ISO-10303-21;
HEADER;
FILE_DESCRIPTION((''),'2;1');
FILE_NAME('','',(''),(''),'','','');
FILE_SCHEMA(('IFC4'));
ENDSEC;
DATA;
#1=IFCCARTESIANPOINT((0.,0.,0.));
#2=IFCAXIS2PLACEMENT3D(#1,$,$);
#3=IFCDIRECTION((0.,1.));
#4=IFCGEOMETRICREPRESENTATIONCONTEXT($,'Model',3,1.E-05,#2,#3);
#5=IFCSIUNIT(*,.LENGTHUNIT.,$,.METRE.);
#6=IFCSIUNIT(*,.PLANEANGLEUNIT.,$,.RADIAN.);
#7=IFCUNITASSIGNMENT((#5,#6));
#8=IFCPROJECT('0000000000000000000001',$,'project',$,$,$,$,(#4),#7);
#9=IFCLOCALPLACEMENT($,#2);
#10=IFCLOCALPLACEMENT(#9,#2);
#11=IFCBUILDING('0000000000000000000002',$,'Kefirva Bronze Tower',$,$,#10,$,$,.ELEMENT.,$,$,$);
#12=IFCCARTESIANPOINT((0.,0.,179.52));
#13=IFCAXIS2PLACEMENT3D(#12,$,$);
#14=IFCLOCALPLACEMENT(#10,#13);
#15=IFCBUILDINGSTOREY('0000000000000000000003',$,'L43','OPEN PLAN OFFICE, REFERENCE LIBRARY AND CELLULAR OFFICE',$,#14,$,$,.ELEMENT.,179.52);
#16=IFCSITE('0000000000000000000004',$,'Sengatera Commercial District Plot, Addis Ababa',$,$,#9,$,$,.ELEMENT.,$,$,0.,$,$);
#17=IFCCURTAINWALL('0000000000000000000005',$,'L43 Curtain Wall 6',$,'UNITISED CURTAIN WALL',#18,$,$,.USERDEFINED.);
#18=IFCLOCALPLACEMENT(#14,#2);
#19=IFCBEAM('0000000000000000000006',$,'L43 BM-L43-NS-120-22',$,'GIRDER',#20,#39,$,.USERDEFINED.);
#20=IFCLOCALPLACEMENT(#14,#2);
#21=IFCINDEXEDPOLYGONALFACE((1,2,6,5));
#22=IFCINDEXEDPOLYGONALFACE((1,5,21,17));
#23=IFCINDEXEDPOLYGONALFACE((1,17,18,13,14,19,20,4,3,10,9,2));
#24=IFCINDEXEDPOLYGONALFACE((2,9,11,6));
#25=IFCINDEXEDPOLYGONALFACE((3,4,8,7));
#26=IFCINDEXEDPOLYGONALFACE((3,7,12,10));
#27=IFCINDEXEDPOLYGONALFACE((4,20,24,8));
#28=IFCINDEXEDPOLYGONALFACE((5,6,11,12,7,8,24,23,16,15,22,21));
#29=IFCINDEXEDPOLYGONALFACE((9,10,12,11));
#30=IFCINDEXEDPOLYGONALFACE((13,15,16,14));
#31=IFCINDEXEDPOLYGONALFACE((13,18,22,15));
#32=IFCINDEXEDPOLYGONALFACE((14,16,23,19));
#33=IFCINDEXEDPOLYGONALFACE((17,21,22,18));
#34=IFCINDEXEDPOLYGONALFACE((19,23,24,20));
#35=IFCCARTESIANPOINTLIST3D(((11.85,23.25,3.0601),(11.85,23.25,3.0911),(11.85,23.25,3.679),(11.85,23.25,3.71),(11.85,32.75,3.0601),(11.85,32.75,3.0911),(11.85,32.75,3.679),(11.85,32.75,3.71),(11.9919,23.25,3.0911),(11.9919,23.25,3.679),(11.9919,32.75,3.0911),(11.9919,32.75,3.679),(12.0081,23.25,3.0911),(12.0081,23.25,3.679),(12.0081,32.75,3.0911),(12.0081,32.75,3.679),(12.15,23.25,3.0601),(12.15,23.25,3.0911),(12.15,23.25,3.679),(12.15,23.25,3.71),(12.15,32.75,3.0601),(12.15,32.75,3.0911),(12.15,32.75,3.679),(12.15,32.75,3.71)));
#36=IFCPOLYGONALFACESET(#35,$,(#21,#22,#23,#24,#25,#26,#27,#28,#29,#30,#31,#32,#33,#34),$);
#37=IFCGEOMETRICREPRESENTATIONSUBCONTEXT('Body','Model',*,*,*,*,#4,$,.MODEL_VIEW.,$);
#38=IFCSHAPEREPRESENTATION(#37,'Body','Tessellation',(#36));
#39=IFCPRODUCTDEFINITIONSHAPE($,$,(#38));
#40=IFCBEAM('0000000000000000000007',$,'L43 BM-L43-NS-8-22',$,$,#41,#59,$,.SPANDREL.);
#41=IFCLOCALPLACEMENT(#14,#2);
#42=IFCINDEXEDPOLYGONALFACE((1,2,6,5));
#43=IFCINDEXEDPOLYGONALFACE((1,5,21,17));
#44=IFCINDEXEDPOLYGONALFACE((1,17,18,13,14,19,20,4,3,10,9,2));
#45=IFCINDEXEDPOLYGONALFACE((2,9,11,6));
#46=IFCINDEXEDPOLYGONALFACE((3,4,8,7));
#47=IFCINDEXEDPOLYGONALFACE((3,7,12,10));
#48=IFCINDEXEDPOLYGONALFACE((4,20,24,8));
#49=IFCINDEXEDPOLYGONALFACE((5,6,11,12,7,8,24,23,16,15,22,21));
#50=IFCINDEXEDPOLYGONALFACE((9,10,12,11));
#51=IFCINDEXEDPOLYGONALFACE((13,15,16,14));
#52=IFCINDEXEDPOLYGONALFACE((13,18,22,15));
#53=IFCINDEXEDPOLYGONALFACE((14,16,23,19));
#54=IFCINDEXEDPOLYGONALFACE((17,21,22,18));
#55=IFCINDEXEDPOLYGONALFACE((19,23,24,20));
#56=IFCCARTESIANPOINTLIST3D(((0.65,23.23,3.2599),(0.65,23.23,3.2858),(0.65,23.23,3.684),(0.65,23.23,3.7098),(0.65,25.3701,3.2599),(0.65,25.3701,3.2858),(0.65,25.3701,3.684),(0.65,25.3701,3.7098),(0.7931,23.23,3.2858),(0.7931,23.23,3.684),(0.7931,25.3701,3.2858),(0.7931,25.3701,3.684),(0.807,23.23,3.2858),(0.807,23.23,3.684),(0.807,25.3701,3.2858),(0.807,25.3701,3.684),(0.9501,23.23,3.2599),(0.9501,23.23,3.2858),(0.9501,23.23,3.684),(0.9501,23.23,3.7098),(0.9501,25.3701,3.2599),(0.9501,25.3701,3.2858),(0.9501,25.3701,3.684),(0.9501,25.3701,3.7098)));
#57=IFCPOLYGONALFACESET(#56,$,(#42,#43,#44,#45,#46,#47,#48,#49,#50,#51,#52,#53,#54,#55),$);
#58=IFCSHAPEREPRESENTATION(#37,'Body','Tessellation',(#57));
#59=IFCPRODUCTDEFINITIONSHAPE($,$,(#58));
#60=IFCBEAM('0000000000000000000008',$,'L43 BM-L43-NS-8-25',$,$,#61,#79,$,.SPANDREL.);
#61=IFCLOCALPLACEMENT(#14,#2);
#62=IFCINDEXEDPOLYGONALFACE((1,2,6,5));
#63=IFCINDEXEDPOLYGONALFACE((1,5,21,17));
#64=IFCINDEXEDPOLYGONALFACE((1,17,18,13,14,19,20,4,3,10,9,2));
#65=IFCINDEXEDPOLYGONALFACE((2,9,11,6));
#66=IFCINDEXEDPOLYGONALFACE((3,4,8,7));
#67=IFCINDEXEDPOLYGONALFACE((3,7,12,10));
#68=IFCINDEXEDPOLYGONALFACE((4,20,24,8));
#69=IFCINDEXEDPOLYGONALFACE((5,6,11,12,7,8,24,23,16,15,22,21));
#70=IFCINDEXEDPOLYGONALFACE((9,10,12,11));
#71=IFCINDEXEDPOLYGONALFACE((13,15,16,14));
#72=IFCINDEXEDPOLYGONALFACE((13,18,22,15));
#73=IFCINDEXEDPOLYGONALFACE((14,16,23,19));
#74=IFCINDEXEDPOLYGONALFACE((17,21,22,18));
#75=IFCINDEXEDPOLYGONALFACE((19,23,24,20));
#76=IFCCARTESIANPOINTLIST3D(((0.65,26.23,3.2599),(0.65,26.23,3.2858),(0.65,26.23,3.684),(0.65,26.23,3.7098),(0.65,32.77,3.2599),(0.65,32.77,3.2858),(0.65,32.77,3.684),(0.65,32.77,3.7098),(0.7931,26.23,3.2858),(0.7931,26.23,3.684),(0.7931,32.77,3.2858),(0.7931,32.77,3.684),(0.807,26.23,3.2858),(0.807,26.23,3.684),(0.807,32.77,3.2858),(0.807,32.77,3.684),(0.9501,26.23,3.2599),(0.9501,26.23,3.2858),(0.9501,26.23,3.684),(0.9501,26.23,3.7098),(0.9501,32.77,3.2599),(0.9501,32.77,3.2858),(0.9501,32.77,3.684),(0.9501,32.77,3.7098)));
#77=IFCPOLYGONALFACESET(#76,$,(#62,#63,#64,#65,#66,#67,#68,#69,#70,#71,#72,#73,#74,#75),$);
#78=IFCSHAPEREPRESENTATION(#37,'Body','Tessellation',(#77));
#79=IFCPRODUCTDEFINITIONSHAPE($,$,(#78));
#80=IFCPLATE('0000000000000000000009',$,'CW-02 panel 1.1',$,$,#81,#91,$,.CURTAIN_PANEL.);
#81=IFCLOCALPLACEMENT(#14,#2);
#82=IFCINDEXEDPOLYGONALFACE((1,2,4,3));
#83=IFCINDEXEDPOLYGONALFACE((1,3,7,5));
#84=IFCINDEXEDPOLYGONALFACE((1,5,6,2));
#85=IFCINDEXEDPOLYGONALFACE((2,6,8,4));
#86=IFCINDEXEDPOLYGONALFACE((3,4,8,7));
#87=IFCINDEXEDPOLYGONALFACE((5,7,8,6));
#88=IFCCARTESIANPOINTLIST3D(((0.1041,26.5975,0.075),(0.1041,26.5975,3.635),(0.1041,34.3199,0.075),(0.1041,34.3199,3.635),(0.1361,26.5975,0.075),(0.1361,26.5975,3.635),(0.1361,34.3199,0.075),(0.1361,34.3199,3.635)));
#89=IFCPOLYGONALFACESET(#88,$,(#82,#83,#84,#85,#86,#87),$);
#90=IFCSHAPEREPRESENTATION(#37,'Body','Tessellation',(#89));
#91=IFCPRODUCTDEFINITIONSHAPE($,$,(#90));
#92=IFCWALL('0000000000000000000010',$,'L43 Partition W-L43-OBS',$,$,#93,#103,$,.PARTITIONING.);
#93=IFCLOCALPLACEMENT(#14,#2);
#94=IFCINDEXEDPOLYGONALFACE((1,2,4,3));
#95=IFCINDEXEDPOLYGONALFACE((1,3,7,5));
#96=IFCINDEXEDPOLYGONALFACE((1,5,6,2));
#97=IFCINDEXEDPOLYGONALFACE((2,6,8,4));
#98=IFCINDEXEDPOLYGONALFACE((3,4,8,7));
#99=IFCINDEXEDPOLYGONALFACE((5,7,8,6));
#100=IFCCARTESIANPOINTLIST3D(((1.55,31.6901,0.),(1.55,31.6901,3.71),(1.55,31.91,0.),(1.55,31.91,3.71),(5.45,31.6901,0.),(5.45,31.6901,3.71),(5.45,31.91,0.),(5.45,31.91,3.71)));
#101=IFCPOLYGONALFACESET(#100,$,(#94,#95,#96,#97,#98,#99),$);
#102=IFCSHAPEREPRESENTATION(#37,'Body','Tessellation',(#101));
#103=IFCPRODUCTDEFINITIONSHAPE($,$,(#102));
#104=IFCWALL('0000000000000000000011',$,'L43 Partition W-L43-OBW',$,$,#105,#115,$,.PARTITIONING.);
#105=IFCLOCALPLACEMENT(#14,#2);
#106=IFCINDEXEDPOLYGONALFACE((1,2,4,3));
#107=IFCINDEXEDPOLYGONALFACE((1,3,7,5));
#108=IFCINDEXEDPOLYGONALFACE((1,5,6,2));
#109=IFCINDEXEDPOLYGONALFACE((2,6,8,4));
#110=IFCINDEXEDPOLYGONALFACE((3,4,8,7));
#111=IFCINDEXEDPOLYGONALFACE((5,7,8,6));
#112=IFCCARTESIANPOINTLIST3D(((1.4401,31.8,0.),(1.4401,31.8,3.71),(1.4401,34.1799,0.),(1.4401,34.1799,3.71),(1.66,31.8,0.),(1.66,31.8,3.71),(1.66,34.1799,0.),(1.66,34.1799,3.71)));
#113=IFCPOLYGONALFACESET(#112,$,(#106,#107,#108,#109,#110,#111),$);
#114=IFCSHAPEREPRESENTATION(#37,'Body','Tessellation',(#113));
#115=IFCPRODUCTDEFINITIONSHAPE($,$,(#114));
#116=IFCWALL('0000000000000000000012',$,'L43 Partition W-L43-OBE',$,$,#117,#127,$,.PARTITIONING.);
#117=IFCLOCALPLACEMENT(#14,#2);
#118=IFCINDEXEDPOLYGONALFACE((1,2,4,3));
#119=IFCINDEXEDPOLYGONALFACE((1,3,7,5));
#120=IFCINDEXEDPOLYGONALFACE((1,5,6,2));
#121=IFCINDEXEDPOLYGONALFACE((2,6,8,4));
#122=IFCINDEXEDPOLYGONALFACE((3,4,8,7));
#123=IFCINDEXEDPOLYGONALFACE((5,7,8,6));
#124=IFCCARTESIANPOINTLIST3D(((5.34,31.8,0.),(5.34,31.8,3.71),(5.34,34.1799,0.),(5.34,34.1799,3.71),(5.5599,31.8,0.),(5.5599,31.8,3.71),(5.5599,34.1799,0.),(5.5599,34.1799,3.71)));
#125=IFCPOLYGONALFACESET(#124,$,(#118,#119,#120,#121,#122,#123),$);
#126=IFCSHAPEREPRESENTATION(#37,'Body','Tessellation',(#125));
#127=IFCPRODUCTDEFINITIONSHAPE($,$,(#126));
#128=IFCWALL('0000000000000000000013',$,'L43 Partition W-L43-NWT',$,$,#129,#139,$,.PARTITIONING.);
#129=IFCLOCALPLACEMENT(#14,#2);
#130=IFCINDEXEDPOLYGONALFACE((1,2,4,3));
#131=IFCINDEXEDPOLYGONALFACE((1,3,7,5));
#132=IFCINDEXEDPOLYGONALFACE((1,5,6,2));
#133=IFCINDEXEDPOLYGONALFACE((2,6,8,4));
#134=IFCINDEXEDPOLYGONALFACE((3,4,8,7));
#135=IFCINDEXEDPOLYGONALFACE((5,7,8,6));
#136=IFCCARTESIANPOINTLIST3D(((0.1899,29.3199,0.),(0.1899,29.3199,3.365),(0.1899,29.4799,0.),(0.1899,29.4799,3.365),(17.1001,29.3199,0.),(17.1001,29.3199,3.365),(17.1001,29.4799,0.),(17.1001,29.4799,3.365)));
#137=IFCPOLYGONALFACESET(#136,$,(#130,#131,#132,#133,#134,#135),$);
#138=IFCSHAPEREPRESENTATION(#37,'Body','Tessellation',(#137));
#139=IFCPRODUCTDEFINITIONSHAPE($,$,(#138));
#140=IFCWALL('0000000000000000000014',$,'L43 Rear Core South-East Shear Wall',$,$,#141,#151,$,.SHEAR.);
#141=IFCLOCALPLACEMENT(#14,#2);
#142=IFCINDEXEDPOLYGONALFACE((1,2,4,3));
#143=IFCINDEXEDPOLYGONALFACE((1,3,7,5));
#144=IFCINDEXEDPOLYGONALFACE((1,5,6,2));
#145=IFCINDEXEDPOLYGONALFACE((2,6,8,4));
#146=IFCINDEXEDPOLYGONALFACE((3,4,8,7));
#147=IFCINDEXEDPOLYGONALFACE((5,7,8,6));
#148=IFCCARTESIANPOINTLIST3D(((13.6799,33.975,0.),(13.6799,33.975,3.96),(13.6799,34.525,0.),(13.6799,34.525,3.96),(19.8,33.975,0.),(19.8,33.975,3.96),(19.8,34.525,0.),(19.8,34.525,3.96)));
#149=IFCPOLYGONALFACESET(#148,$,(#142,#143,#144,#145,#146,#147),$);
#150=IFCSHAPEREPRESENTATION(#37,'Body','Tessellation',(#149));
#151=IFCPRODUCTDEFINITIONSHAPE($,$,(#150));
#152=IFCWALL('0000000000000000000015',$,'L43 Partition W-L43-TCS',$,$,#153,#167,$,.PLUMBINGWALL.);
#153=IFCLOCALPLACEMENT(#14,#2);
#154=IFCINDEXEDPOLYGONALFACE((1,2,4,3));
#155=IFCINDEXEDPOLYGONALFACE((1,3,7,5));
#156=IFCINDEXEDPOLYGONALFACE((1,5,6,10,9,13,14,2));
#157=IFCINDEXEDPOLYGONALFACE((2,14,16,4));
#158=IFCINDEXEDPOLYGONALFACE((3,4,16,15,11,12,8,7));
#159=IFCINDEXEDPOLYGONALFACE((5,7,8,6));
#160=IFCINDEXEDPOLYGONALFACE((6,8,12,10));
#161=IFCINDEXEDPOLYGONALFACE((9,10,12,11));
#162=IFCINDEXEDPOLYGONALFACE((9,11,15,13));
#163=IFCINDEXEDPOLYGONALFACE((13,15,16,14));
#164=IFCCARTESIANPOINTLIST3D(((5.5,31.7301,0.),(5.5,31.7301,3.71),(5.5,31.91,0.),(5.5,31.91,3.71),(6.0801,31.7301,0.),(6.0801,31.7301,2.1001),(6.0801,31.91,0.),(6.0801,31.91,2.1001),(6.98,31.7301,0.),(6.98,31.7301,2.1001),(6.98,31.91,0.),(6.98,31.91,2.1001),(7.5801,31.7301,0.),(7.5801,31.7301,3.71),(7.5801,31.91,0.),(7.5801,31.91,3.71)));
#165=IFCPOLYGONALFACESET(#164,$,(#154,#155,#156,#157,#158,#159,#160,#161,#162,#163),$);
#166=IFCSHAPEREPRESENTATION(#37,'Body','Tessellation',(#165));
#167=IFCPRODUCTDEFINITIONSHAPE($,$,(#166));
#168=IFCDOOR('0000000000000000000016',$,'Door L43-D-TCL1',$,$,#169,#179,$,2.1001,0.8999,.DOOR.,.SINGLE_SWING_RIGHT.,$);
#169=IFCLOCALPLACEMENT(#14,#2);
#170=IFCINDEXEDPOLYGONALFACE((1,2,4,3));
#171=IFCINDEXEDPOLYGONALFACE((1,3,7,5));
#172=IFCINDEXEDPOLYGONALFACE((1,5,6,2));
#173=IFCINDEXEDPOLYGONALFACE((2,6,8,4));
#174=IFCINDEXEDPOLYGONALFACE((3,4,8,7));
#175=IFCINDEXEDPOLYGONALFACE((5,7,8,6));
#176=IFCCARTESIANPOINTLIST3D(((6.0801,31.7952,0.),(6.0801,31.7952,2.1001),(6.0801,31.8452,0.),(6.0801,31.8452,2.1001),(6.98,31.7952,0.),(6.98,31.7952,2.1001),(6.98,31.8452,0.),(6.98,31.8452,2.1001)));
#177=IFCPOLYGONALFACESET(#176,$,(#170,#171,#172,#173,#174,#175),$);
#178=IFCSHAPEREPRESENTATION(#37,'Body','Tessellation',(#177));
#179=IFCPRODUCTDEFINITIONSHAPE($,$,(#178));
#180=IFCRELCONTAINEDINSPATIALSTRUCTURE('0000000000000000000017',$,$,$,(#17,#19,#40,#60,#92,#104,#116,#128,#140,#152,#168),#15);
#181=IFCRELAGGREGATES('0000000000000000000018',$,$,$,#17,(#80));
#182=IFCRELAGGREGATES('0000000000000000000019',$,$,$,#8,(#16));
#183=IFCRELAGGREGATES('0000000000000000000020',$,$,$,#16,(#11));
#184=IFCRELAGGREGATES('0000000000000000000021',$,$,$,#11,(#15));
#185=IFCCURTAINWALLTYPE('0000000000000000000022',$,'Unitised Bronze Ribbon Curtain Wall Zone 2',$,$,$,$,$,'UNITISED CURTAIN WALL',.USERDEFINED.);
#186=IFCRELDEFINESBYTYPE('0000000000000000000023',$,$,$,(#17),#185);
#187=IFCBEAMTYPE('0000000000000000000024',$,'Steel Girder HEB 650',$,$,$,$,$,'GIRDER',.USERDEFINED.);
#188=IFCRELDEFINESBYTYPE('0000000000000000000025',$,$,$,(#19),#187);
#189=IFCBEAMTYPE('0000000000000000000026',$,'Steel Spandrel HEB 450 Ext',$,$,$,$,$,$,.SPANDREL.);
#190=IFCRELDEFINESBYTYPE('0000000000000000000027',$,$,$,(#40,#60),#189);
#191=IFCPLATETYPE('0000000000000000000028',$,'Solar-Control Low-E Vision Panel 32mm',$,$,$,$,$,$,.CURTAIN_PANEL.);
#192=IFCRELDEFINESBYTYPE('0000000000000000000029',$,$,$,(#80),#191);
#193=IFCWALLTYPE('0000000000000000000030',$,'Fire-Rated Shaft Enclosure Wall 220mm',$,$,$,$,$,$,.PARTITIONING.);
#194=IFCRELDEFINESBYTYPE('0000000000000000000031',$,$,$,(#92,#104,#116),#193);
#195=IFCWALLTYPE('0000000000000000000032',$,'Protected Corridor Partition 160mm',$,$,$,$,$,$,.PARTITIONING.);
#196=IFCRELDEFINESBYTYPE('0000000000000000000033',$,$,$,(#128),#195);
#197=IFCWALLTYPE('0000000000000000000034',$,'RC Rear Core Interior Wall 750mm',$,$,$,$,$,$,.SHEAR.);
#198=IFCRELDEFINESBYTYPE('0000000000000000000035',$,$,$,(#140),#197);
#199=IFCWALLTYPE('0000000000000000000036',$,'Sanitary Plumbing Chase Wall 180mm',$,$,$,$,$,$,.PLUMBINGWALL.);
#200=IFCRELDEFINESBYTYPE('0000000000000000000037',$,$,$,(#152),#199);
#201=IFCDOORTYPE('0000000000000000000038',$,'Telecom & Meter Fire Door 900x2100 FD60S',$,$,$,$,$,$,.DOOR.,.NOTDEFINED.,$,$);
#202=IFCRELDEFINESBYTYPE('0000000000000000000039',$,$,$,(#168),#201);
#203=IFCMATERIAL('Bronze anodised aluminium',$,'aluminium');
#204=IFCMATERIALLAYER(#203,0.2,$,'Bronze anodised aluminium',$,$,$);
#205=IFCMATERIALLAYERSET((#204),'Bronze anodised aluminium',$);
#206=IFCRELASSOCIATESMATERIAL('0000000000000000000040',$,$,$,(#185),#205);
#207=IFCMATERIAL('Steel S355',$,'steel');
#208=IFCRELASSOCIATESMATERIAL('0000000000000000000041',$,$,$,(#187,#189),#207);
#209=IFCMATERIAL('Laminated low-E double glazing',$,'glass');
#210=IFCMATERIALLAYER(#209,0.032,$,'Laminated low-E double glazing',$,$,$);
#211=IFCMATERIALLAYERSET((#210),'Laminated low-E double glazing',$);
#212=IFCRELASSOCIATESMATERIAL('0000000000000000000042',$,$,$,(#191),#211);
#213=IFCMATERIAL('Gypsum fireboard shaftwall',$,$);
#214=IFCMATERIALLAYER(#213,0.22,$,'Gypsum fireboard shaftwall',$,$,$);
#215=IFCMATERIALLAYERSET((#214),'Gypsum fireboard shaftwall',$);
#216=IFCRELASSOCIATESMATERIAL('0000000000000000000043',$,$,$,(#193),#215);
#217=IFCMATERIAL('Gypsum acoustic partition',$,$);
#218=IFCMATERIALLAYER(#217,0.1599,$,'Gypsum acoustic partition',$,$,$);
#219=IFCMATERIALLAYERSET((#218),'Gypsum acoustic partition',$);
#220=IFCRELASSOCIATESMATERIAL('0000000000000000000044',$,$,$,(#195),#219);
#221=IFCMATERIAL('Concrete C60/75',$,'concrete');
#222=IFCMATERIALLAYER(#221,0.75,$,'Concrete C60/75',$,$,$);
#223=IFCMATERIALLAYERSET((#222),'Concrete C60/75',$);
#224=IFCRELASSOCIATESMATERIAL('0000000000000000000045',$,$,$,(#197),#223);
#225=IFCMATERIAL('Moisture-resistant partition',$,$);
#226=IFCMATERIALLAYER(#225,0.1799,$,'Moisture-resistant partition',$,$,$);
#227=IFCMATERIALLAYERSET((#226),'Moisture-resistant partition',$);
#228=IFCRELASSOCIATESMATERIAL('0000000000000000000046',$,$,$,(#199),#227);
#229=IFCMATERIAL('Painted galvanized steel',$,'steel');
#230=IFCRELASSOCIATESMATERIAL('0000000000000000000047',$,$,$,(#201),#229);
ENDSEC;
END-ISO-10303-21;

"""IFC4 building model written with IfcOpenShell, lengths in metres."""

from ifc_helpers import new_model, si_unit, direction, frame, frame_2d, origin, origin_2d, place, context, subcontext, project, spatial, rectangle, i_section, extrude, material, layer, layer_set, material_profile, profile_set, type_object, element, fill, aggregate, save


model = new_model("IFC4")

# Units and contexts
model_context = context("Model", 3, precision=1e-05, world=origin(), true_north=direction((0.0, 1.0)))
body_context = subcontext(model_context, "Body", "Model", "MODEL_VIEW")
ifc_project = project(units=[si_unit("LENGTHUNIT", "METRE"), si_unit("PLANEANGLEUNIT", "RADIAN")], contexts=[model_context])

# Site, building, storey
site_placement = place(None, origin())
site = spatial("IfcSite", under=ifc_project, at=site_placement, Name="Sengatera Commercial District Plot, Addis Ababa", CompositionType="ELEMENT", RefElevation=0.0)
building_placement = place(site_placement, origin())
building = spatial("IfcBuilding", under=site, at=building_placement, Name="Kefirva Bronze Tower", CompositionType="ELEMENT")
storey_placement = place(building_placement, frame((0.0, 0.0, 179.52)))
storey = spatial("IfcBuildingStorey", under=building, at=storey_placement, Name="L43", Description="OPEN PLAN OFFICE, REFERENCE LIBRARY AND CELLULAR OFFICE", CompositionType="ELEMENT", Elevation=179.52)

# Shared definitions
ifc_material_1 = material(Name="Concrete C60/75", Category="concrete")

# Curtain wall
ifc_material_2 = material(Name="Bronze anodised aluminium", Category="aluminium")
ifc_layer_1 = layer(ifc_material_2, 0.2, Name="Bronze anodised aluminium")
ifc_layer_set_1 = layer_set([ifc_layer_1], Name="Bronze anodised aluminium")
curtain_wall_type = type_object("IfcCurtainWallType", Name="Unitised Bronze Ribbon Curtain Wall Zone 2", ElementType="UNITISED CURTAIN WALL", PredefinedType="USERDEFINED", material=ifc_layer_set_1)
curtain_wall_placement = place(storey_placement, origin())
curtain_wall = element("IfcCurtainWall", 1, at=curtain_wall_placement, inside=storey, type_object=curtain_wall_type, Name="L43 Curtain Wall 6", ObjectType="UNITISED CURTAIN WALL", PredefinedType="USERDEFINED")

# Beams
ifc_material_3 = material(Name="Steel S355", Category="steel")
ifc_material_profile_1 = material_profile(ifc_material_3, i_section(OverallWidth=0.3, OverallDepth=0.6499, WebThickness=0.0161, FlangeThickness=0.031, at=origin_2d()), Name="HEB 650")
ifc_profile_set_1 = profile_set([ifc_material_profile_1], Name="Steel S355")
beam_type_1 = type_object("IfcBeamType", Name="Steel Girder HEB 650", ElementType="GIRDER", PredefinedType="USERDEFINED", material=ifc_profile_set_1)
beam_1_placement = place(storey_placement, frame((12.0, 23.25, 3.385), z_axis=(0.0, 1.0, 0.0), x_axis=(-1.0, 0.0, 0.0)))
element("IfcBeam", 2, at=beam_1_placement, inside=storey, type_object=beam_type_1, Name="L43 BM-L43-NS-120-22", ObjectType="GIRDER", PredefinedType="USERDEFINED", context=body_context, shape_type="SweptSolid", body=[
    extrude(i_section(OverallWidth=0.3, OverallDepth=0.6499, WebThickness=0.0161, FlangeThickness=0.031, at=origin_2d()), origin(), (0.0, 0.0, 1.0), 9.5),
])
ifc_material_profile_2 = material_profile(ifc_material_3, i_section(OverallWidth=0.3, OverallDepth=0.45, WebThickness=0.0139, FlangeThickness=0.0259, at=origin_2d()), Name="HEB 450")
ifc_profile_set_2 = profile_set([ifc_material_profile_2], Name="Steel S355")
beam_type_2 = type_object("IfcBeamType", Name="Steel Spandrel HEB 450 Ext", PredefinedType="SPANDREL", material=ifc_profile_set_2)
beam_2_placement = place(storey_placement, frame((0.8, 23.23, 3.4849), z_axis=(0.0, 1.0, 0.0), x_axis=(-1.0, 0.0, 0.0)))
element("IfcBeam", 3, at=beam_2_placement, inside=storey, type_object=beam_type_2, Name="L43 BM-L43-NS-8-22", PredefinedType="SPANDREL", context=body_context, shape_type="SweptSolid", body=[
    extrude(i_section(OverallWidth=0.3, OverallDepth=0.45, WebThickness=0.0139, FlangeThickness=0.0259, at=origin_2d()), origin(), (0.0, 0.0, 1.0), 2.1401),
])
beam_3_placement = place(storey_placement, frame((0.8, 26.23, 3.4849), z_axis=(0.0, 1.0, 0.0), x_axis=(-1.0, 0.0, 0.0)))
element("IfcBeam", 4, at=beam_3_placement, inside=storey, type_object=beam_type_2, Name="L43 BM-L43-NS-8-25", PredefinedType="SPANDREL", context=body_context, shape_type="SweptSolid", body=[
    extrude(i_section(OverallWidth=0.3, OverallDepth=0.45, WebThickness=0.0139, FlangeThickness=0.0259, at=origin_2d()), origin(), (0.0, 0.0, 1.0), 6.54),
])

# Plate
ifc_material_4 = material(Name="Laminated low-E double glazing", Category="glass")
ifc_layer_2 = layer(ifc_material_4, 0.032, Name="Laminated low-E double glazing")
ifc_layer_set_2 = layer_set([ifc_layer_2], Name="Laminated low-E double glazing")
plate_type = type_object("IfcPlateType", Name="Solar-Control Low-E Vision Panel 32mm", PredefinedType="CURTAIN_PANEL", material=ifc_layer_set_2)
plate_placement = place(storey_placement, frame((0.1201, 30.4587, 0.075), z_axis=(0.0, 0.0, 1.0), x_axis=(0.0, -1.0, 0.0)))
plate = element("IfcPlate", 5, at=plate_placement, type_object=plate_type, Name="CW-02 panel 1.1", PredefinedType="CURTAIN_PANEL", context=body_context, shape_type="SweptSolid", body=[
    extrude(rectangle(XDim=7.7224, YDim=0.032, at=origin_2d()), origin(), (0.0, 0.0, 1.0), 3.5601),
])
aggregate(curtain_wall, [plate])

# Walls
ifc_material_5 = material(Name="Gypsum fireboard shaftwall")
ifc_layer_3 = layer(ifc_material_5, 0.22, Name="Gypsum fireboard shaftwall")
ifc_layer_set_3 = layer_set([ifc_layer_3], Name="Gypsum fireboard shaftwall")
wall_type_1 = type_object("IfcWallType", Name="Fire-Rated Shaft Enclosure Wall 220mm", PredefinedType="PARTITIONING", material=ifc_layer_set_3)
wall_1_placement = place(storey_placement, frame((1.55, 31.8, 0.0), z_axis=(0.0, 0.0, 1.0), x_axis=(1.0, 0.0, 0.0)))
element("IfcWall", 6, at=wall_1_placement, inside=storey, type_object=wall_type_1, Name="L43 Partition W-L43-OBS", PredefinedType="PARTITIONING", context=body_context, shape_type="SweptSolid", body=[
    extrude(rectangle(XDim=3.8999, YDim=0.22, at=frame_2d((1.95, 0.0))), origin(), (0.0, 0.0, 1.0), 3.71),
])
for number, where, z_axis, x_axis, name in (
    (7, (1.55, 31.8, 0.0), (0.0, 0.0, 1.0), (0.0, 1.0, 0.0), "L43 Partition W-L43-OBW"),
    (8, (5.45, 31.8, 0.0), (0.0, 0.0, 1.0), (0.0, 1.0, 0.0), "L43 Partition W-L43-OBE"),
):
    element("IfcWall", number, at=place(storey_placement, frame(where, z_axis=z_axis, x_axis=x_axis)), inside=storey, type_object=wall_type_1, Name=name, PredefinedType="PARTITIONING", context=body_context, shape_type="SweptSolid", body=[
        extrude(rectangle(XDim=2.3799, YDim=0.22, at=frame_2d((1.1899, 0.0))), origin(), (0.0, 0.0, 1.0), 3.71),
    ])
ifc_material_6 = material(Name="Gypsum acoustic partition")
ifc_layer_4 = layer(ifc_material_6, 0.1599, Name="Gypsum acoustic partition")
ifc_layer_set_4 = layer_set([ifc_layer_4], Name="Gypsum acoustic partition")
wall_type_2 = type_object("IfcWallType", Name="Protected Corridor Partition 160mm", PredefinedType="PARTITIONING", material=ifc_layer_set_4)
wall_2_placement = place(storey_placement, frame((0.1899, 29.3999, 0.0), z_axis=(0.0, 0.0, 1.0), x_axis=(1.0, 0.0, 0.0)))
element("IfcWall", 9, at=wall_2_placement, inside=storey, type_object=wall_type_2, Name="L43 Partition W-L43-NWT", PredefinedType="PARTITIONING", context=body_context, shape_type="SweptSolid", body=[
    extrude(rectangle(XDim=16.9102, YDim=0.1599, at=frame_2d((8.4551, 0.0))), origin(), (0.0, 0.0, 1.0), 3.365),
])

# Shared definitions
ifc_layer_5 = layer(ifc_material_1, 0.75, Name="Concrete C60/75")
ifc_layer_set_5 = layer_set([ifc_layer_5], Name="Concrete C60/75")
wall_type_3 = type_object("IfcWallType", Name="RC Rear Core Interior Wall 750mm", PredefinedType="SHEAR", material=ifc_layer_set_5)
ifc_material_7 = material(Name="Painted galvanized steel", Category="steel")

# Wall
wall_3_placement = place(storey_placement, frame((13.6799, 34.25, 0.0), z_axis=(0.0, 0.0, 1.0), x_axis=(1.0, 0.0, 0.0)))
element("IfcWall", 10, at=wall_3_placement, inside=storey, type_object=wall_type_3, Name="L43 Rear Core South-East Shear Wall", PredefinedType="SHEAR", context=body_context, shape_type="SweptSolid", body=[
    extrude(rectangle(XDim=6.1201, YDim=0.55, at=frame_2d((3.0601, 0.0))), origin(), (0.0, 0.0, 1.0), 3.96),
])

# Wall, opening, door
ifc_material_8 = material(Name="Moisture-resistant partition")
ifc_layer_6 = layer(ifc_material_8, 0.1799, Name="Moisture-resistant partition")
ifc_layer_set_6 = layer_set([ifc_layer_6], Name="Moisture-resistant partition")
wall_type_4 = type_object("IfcWallType", Name="Sanitary Plumbing Chase Wall 180mm", PredefinedType="PLUMBINGWALL", material=ifc_layer_set_6)
wall_4_placement = place(storey_placement, frame((5.5, 31.8201, 0.0), z_axis=(0.0, 0.0, 1.0), x_axis=(1.0, 0.0, 0.0)))
wall_4 = element("IfcWall", 11, at=wall_4_placement, inside=storey, type_object=wall_type_4, Name="L43 Partition W-L43-TCS", PredefinedType="PLUMBINGWALL", context=body_context, shape_type="SweptSolid", body=[
    extrude(rectangle(XDim=2.0801, YDim=0.1799, at=frame_2d((1.04, 0.0))), origin(), (0.0, 0.0, 1.0), 3.71),
])
opening_1_placement = place(wall_4_placement, frame((1.48, 0.0, 0.0), z_axis=(0.0, 0.0, 1.0), x_axis=(-1.0, 0.0, 0.0)))
opening_1 = element("IfcOpeningElement", 12, at=opening_1_placement, cuts=wall_4, PredefinedType="OPENING", context=body_context, shape_type="SweptSolid", body=[
    extrude(rectangle(XDim=0.8999, YDim=2.1001, at=frame_2d((0.45, 1.05))), frame((0.0, 0.1001, 0.0), z_axis=(0.0, -1.0, 0.0), x_axis=(1.0, 0.0, 0.0)), (0.0, 0.0, 1.0), 0.2),
])
door_type_1 = type_object("IfcDoorType", Name="Telecom & Meter Fire Door 900x2100 FD60S", OperationType="NOTDEFINED", PredefinedType="DOOR", material=ifc_material_7)
door_1_placement = place(opening_1_placement, origin())
door_1 = element("IfcDoor", 13, at=door_1_placement, inside=storey, type_object=door_type_1, Name="Door L43-D-TCL1", OperationType="SINGLE_SWING_RIGHT", OverallHeight=2.1001, OverallWidth=0.8999, PredefinedType="DOOR", context=body_context, shape_type="SweptSolid", body=[
    extrude(rectangle(XDim=0.8999, YDim=2.1001, at=frame_2d((0.45, 1.05))), frame((0.0, 0.0249, 0.0), z_axis=(0.0, -1.0, 0.0), x_axis=(1.0, 0.0, 0.0)), (0.0, 0.0, 1.0), 0.05),
])
fill(opening_1, door_1)

save(model, "model.ifc")
